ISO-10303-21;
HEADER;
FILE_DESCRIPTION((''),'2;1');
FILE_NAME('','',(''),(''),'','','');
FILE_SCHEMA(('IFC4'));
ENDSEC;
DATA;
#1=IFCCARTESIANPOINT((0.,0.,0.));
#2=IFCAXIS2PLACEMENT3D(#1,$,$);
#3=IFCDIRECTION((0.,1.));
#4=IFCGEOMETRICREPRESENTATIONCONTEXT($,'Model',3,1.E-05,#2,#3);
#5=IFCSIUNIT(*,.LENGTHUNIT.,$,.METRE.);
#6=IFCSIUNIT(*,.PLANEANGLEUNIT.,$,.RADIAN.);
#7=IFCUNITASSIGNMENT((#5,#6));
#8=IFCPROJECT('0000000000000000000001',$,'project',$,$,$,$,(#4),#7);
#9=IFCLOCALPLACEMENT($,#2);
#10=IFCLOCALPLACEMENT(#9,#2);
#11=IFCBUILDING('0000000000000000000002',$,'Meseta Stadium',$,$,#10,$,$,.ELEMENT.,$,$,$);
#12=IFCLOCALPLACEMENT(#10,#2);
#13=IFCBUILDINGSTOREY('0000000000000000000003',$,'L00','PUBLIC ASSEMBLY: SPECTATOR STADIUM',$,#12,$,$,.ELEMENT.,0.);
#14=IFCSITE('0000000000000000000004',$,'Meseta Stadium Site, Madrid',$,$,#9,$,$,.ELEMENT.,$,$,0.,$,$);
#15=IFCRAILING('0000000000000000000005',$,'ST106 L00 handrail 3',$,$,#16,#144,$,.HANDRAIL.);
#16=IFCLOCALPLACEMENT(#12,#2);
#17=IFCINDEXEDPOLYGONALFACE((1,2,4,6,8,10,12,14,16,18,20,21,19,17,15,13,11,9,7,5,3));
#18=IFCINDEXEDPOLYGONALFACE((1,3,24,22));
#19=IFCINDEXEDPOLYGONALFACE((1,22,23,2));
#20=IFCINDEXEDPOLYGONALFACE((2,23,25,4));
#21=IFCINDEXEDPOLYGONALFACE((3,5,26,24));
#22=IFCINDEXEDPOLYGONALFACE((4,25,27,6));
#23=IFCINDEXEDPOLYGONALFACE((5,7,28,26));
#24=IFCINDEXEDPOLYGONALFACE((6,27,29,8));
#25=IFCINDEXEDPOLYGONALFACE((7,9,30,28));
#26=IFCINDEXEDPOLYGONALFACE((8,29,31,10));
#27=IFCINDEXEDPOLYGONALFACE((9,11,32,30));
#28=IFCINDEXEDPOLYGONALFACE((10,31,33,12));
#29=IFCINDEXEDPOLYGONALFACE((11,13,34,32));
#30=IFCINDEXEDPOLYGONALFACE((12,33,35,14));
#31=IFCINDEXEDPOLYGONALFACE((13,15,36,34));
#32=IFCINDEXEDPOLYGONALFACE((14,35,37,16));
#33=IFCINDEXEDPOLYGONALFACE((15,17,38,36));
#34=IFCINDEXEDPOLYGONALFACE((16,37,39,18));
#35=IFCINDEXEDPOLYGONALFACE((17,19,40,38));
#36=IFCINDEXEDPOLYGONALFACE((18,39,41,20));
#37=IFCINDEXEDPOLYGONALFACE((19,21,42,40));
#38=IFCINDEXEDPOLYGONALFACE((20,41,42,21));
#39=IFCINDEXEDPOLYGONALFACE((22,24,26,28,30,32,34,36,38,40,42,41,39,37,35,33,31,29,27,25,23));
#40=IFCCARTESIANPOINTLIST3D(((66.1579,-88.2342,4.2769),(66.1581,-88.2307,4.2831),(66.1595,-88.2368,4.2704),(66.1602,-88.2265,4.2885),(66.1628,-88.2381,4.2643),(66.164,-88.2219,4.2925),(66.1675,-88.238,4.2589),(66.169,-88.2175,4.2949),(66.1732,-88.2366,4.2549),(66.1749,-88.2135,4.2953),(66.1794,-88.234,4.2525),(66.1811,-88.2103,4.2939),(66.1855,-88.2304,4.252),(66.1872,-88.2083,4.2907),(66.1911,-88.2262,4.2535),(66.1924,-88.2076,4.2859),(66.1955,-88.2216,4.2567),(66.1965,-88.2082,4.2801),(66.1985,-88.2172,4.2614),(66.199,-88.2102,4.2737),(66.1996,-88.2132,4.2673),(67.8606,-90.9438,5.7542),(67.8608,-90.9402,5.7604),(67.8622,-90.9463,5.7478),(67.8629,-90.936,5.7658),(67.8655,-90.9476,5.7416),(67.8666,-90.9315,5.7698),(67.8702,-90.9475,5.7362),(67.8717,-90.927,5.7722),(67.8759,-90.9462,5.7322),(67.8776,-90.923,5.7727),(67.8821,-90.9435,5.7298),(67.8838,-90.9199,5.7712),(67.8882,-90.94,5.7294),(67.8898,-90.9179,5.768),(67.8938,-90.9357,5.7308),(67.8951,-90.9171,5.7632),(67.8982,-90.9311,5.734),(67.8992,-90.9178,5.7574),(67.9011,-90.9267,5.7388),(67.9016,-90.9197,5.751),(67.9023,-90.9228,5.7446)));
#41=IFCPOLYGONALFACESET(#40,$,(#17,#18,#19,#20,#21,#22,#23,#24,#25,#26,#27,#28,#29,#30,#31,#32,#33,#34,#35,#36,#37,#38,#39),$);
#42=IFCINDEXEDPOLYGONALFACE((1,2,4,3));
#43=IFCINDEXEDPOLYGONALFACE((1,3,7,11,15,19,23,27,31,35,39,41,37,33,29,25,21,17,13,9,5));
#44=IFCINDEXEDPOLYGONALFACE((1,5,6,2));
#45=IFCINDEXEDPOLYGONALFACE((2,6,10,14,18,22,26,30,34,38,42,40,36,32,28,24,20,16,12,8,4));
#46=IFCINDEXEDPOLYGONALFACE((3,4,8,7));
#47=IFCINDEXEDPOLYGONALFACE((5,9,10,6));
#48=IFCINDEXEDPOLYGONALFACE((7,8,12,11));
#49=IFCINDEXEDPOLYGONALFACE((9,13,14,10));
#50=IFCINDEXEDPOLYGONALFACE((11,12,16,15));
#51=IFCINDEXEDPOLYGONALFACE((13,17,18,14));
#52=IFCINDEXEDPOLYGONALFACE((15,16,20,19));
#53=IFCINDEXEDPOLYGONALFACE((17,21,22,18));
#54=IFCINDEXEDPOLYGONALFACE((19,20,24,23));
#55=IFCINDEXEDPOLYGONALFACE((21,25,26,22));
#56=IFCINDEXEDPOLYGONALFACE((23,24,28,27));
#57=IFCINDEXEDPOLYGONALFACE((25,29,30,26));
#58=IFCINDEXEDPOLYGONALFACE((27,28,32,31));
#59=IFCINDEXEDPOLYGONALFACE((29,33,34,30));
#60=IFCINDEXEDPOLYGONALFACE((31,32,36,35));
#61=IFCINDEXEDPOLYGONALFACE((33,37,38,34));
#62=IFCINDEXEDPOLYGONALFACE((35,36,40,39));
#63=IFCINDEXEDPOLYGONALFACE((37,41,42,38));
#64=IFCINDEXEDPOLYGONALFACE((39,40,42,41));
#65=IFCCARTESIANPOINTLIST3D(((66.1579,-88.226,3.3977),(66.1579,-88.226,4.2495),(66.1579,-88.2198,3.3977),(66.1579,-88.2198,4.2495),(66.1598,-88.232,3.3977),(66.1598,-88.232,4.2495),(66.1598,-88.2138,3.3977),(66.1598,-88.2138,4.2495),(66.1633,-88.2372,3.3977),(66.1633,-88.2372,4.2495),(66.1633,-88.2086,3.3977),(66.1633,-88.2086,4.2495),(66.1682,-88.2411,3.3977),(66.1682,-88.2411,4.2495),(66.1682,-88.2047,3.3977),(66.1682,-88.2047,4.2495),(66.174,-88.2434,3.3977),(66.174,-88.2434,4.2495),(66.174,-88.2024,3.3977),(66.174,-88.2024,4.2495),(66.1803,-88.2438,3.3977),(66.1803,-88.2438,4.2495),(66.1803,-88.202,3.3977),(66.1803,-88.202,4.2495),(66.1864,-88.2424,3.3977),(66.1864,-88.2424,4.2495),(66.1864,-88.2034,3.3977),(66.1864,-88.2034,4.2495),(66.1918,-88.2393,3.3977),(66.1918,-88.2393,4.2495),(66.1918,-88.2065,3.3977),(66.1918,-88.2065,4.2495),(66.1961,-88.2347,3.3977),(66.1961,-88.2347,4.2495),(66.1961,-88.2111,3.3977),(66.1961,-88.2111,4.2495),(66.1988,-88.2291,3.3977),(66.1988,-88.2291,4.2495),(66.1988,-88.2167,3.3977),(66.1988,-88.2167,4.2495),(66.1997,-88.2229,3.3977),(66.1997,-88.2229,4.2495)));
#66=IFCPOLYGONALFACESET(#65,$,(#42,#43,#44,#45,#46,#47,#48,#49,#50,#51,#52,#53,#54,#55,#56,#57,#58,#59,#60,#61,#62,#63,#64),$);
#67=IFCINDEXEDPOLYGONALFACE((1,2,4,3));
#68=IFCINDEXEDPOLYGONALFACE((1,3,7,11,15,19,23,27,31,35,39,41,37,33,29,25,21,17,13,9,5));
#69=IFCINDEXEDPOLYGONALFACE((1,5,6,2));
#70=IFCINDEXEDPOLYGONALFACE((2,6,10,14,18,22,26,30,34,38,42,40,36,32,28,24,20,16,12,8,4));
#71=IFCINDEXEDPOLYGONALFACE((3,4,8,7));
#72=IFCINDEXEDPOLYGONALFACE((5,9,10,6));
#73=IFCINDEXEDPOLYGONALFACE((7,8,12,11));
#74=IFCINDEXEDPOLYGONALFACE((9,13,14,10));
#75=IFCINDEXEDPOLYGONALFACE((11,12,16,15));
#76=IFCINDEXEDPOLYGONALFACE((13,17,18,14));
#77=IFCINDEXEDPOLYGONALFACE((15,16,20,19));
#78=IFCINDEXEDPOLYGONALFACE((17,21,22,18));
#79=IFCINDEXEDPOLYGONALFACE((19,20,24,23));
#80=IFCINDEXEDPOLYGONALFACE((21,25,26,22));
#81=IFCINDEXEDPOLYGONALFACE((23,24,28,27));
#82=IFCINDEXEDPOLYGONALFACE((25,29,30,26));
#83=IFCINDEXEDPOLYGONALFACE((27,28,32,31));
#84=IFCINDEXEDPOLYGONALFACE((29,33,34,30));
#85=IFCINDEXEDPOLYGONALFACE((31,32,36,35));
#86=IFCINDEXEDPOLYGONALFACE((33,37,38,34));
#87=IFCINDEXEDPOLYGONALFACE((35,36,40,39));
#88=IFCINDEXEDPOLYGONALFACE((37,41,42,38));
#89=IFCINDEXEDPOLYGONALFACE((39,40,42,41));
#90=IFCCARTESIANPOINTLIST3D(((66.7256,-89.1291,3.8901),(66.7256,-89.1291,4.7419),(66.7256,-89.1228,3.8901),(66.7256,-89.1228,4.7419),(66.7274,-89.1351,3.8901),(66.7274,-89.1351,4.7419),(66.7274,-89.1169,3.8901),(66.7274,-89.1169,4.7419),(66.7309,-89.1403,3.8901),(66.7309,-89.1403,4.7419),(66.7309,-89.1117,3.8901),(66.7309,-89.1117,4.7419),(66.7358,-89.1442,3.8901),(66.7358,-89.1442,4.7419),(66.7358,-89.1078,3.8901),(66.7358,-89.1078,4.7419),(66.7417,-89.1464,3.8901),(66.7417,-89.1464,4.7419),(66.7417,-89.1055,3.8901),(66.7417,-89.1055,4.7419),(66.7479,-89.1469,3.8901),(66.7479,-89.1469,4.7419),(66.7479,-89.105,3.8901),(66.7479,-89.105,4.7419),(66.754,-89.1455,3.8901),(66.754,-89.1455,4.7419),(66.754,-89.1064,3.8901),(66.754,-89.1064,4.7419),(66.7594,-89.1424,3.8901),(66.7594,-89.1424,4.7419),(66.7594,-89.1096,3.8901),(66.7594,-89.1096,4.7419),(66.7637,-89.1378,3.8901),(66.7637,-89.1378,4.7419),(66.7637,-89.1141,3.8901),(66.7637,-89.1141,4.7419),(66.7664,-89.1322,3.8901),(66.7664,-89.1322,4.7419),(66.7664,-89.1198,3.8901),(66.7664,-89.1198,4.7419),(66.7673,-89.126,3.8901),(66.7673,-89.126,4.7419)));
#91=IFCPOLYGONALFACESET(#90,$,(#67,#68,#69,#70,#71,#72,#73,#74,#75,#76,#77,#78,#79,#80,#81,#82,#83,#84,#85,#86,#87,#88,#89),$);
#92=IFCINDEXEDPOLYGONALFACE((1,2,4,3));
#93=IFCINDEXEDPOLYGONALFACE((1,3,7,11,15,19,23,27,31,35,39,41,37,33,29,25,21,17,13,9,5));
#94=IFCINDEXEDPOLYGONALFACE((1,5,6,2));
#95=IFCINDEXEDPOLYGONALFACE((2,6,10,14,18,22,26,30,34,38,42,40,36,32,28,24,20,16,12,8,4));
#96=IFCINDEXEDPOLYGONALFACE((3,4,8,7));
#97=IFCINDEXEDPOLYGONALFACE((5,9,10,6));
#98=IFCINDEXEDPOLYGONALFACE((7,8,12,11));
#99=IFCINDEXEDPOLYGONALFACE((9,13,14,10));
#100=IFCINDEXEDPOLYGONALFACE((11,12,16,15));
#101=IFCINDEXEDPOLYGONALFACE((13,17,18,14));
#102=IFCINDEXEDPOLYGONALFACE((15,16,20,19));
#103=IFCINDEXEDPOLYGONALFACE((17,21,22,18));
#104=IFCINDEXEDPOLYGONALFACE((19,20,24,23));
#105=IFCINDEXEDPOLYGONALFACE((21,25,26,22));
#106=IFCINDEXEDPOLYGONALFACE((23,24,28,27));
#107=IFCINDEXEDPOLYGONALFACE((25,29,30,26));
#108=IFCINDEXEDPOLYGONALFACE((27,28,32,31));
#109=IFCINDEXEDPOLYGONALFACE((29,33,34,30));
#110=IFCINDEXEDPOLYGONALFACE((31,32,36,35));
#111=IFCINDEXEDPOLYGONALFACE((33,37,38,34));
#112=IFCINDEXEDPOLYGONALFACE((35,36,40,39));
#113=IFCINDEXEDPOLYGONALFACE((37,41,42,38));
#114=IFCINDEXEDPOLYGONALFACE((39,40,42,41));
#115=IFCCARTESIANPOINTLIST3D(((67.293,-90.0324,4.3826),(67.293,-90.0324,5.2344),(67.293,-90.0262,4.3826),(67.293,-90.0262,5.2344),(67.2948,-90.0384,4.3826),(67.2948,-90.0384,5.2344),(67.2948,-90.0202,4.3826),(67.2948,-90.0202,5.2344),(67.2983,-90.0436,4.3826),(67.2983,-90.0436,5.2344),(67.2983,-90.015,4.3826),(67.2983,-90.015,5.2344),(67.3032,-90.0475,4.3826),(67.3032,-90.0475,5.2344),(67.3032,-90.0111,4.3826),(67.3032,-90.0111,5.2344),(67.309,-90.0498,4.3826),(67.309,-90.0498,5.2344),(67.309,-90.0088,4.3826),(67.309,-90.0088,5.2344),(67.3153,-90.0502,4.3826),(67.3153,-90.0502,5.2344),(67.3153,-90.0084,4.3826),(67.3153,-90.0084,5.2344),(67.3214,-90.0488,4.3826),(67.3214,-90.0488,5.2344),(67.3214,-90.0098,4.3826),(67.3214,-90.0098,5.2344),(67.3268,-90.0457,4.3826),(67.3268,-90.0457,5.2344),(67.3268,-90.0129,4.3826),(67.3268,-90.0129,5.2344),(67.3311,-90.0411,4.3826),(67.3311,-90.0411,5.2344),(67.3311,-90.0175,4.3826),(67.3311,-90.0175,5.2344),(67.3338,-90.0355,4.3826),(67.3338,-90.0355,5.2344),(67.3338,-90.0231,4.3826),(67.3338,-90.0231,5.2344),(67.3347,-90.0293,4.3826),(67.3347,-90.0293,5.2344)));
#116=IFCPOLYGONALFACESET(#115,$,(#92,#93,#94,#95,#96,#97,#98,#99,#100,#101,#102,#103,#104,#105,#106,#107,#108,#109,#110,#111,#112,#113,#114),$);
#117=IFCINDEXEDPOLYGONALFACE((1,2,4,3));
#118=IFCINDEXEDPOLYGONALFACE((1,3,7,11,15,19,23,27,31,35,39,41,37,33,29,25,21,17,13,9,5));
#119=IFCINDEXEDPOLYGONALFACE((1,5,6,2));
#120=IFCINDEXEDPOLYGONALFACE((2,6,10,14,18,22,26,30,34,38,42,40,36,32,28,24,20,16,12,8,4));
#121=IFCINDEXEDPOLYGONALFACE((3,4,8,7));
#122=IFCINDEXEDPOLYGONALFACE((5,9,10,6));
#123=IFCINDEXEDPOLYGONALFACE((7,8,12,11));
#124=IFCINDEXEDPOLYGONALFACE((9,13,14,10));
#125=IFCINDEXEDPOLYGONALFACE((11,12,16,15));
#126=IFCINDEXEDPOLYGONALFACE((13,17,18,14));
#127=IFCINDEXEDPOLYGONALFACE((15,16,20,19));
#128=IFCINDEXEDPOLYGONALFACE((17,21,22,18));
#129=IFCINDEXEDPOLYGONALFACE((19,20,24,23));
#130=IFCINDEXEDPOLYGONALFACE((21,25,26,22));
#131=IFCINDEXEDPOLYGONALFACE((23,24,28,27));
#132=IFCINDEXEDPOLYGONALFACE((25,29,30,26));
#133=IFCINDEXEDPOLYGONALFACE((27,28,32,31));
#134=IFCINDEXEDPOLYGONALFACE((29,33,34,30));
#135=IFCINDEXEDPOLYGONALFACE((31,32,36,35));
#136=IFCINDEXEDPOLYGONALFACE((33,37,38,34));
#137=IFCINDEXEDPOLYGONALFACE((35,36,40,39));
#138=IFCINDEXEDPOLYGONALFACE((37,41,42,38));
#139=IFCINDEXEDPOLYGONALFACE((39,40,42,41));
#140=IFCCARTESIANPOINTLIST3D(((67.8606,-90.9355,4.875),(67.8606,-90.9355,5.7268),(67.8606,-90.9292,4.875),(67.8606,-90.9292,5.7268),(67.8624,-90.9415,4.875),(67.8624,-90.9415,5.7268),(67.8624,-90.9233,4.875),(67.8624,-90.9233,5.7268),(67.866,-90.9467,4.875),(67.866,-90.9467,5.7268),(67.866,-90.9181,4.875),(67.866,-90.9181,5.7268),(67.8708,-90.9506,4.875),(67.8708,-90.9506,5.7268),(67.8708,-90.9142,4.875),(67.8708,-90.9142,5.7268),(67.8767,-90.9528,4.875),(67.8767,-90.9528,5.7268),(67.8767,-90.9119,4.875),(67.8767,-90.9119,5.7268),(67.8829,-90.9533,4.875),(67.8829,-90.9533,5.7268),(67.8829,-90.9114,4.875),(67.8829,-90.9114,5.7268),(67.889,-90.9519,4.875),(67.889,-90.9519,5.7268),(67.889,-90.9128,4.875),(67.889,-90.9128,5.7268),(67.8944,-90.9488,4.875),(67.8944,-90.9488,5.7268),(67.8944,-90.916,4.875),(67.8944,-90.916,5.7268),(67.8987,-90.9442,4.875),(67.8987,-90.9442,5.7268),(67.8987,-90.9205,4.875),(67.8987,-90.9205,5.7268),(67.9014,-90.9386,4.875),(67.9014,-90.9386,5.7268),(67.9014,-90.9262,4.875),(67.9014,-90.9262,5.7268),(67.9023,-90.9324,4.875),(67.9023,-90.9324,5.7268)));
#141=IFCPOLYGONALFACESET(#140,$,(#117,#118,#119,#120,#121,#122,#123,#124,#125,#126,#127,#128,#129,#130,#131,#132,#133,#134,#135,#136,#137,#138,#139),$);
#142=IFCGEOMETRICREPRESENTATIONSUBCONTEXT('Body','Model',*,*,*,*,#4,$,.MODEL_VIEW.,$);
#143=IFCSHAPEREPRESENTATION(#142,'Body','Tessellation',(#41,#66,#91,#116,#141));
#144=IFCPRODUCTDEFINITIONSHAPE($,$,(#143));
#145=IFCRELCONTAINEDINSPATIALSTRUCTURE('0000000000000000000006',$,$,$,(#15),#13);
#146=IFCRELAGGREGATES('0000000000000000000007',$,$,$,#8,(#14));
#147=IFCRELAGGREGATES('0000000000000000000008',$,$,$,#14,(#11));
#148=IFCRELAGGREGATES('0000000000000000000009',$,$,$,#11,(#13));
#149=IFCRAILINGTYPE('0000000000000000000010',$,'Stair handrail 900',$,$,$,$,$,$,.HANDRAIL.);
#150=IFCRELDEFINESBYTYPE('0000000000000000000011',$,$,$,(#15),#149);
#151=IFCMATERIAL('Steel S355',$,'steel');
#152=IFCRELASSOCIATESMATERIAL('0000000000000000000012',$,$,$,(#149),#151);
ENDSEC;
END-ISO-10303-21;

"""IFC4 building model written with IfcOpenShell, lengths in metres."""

from ifc_helpers import new_model, si_unit, direction, frame, origin, origin_2d, place, context, subcontext, project, spatial, circle, extrude, material, type_object, element, save


model = new_model("IFC4")

# Units and contexts
model_context = context("Model", 3, precision=1e-05, world=origin(), true_north=direction((0.0, 1.0)))
body_context = subcontext(model_context, "Body", "Model", "MODEL_VIEW")
ifc_project = project(units=[si_unit("LENGTHUNIT", "METRE"), si_unit("PLANEANGLEUNIT", "RADIAN")], contexts=[model_context])

# Site, building, storey
site_placement = place(None, origin())
site = spatial("IfcSite", under=ifc_project, at=site_placement, Name="Meseta Stadium Site, Madrid", CompositionType="ELEMENT", RefElevation=0.0)
building_placement = place(site_placement, origin())
building = spatial("IfcBuilding", under=site, at=building_placement, Name="Meseta Stadium", CompositionType="ELEMENT")
storey_placement = place(building_placement, origin())
storey = spatial("IfcBuildingStorey", under=building, at=storey_placement, Name="L00", Description="PUBLIC ASSEMBLY: SPECTATOR STADIUM", CompositionType="ELEMENT", Elevation=0.0)

# Railing
ifc_material_1 = material(Name="Steel S355", Category="steel")
railing_type_1 = type_object("IfcRailingType", Name="Stair handrail 900", PredefinedType="HANDRAIL", material=ifc_material_1)
for number, where, name in (
    (1, (66.1787, -88.2229, 3.3977), "ST106 L00 handrail 3"),
):
    element("IfcRailing", number, at=place(storey_placement, frame(where)), inside=storey, type_object=railing_type_1, Name=name, PredefinedType="HANDRAIL", context=body_context, shape_type="SweptSolid", body=[
        extrude(circle(Radius=0.0239, at=origin_2d()), frame((0.0, 0.0, 0.876), z_axis=(0.483076, -0.768738, 0.419142), x_axis=(0.846701, 0.532068, 0.0)), (0.0, 0.0, 1.0), 3.5247),
        extrude(circle(Radius=0.021, at=origin_2d()), origin(), (0.0, 0.0, 1.0), 0.8518),
        extrude(circle(Radius=0.021, at=origin_2d()), frame((0.5676, -0.9031, 0.4924)), (0.0, 0.0, 1.0), 0.8518),
        extrude(circle(Radius=0.021, at=origin_2d()), frame((1.135, -1.8064, 0.9849)), (0.0, 0.0, 1.0), 0.8518),
        extrude(circle(Radius=0.021, at=origin_2d()), frame((1.7026, -2.7095, 1.4773)), (0.0, 0.0, 1.0), 0.8518),
    ])

save(model, "model.ifc")
